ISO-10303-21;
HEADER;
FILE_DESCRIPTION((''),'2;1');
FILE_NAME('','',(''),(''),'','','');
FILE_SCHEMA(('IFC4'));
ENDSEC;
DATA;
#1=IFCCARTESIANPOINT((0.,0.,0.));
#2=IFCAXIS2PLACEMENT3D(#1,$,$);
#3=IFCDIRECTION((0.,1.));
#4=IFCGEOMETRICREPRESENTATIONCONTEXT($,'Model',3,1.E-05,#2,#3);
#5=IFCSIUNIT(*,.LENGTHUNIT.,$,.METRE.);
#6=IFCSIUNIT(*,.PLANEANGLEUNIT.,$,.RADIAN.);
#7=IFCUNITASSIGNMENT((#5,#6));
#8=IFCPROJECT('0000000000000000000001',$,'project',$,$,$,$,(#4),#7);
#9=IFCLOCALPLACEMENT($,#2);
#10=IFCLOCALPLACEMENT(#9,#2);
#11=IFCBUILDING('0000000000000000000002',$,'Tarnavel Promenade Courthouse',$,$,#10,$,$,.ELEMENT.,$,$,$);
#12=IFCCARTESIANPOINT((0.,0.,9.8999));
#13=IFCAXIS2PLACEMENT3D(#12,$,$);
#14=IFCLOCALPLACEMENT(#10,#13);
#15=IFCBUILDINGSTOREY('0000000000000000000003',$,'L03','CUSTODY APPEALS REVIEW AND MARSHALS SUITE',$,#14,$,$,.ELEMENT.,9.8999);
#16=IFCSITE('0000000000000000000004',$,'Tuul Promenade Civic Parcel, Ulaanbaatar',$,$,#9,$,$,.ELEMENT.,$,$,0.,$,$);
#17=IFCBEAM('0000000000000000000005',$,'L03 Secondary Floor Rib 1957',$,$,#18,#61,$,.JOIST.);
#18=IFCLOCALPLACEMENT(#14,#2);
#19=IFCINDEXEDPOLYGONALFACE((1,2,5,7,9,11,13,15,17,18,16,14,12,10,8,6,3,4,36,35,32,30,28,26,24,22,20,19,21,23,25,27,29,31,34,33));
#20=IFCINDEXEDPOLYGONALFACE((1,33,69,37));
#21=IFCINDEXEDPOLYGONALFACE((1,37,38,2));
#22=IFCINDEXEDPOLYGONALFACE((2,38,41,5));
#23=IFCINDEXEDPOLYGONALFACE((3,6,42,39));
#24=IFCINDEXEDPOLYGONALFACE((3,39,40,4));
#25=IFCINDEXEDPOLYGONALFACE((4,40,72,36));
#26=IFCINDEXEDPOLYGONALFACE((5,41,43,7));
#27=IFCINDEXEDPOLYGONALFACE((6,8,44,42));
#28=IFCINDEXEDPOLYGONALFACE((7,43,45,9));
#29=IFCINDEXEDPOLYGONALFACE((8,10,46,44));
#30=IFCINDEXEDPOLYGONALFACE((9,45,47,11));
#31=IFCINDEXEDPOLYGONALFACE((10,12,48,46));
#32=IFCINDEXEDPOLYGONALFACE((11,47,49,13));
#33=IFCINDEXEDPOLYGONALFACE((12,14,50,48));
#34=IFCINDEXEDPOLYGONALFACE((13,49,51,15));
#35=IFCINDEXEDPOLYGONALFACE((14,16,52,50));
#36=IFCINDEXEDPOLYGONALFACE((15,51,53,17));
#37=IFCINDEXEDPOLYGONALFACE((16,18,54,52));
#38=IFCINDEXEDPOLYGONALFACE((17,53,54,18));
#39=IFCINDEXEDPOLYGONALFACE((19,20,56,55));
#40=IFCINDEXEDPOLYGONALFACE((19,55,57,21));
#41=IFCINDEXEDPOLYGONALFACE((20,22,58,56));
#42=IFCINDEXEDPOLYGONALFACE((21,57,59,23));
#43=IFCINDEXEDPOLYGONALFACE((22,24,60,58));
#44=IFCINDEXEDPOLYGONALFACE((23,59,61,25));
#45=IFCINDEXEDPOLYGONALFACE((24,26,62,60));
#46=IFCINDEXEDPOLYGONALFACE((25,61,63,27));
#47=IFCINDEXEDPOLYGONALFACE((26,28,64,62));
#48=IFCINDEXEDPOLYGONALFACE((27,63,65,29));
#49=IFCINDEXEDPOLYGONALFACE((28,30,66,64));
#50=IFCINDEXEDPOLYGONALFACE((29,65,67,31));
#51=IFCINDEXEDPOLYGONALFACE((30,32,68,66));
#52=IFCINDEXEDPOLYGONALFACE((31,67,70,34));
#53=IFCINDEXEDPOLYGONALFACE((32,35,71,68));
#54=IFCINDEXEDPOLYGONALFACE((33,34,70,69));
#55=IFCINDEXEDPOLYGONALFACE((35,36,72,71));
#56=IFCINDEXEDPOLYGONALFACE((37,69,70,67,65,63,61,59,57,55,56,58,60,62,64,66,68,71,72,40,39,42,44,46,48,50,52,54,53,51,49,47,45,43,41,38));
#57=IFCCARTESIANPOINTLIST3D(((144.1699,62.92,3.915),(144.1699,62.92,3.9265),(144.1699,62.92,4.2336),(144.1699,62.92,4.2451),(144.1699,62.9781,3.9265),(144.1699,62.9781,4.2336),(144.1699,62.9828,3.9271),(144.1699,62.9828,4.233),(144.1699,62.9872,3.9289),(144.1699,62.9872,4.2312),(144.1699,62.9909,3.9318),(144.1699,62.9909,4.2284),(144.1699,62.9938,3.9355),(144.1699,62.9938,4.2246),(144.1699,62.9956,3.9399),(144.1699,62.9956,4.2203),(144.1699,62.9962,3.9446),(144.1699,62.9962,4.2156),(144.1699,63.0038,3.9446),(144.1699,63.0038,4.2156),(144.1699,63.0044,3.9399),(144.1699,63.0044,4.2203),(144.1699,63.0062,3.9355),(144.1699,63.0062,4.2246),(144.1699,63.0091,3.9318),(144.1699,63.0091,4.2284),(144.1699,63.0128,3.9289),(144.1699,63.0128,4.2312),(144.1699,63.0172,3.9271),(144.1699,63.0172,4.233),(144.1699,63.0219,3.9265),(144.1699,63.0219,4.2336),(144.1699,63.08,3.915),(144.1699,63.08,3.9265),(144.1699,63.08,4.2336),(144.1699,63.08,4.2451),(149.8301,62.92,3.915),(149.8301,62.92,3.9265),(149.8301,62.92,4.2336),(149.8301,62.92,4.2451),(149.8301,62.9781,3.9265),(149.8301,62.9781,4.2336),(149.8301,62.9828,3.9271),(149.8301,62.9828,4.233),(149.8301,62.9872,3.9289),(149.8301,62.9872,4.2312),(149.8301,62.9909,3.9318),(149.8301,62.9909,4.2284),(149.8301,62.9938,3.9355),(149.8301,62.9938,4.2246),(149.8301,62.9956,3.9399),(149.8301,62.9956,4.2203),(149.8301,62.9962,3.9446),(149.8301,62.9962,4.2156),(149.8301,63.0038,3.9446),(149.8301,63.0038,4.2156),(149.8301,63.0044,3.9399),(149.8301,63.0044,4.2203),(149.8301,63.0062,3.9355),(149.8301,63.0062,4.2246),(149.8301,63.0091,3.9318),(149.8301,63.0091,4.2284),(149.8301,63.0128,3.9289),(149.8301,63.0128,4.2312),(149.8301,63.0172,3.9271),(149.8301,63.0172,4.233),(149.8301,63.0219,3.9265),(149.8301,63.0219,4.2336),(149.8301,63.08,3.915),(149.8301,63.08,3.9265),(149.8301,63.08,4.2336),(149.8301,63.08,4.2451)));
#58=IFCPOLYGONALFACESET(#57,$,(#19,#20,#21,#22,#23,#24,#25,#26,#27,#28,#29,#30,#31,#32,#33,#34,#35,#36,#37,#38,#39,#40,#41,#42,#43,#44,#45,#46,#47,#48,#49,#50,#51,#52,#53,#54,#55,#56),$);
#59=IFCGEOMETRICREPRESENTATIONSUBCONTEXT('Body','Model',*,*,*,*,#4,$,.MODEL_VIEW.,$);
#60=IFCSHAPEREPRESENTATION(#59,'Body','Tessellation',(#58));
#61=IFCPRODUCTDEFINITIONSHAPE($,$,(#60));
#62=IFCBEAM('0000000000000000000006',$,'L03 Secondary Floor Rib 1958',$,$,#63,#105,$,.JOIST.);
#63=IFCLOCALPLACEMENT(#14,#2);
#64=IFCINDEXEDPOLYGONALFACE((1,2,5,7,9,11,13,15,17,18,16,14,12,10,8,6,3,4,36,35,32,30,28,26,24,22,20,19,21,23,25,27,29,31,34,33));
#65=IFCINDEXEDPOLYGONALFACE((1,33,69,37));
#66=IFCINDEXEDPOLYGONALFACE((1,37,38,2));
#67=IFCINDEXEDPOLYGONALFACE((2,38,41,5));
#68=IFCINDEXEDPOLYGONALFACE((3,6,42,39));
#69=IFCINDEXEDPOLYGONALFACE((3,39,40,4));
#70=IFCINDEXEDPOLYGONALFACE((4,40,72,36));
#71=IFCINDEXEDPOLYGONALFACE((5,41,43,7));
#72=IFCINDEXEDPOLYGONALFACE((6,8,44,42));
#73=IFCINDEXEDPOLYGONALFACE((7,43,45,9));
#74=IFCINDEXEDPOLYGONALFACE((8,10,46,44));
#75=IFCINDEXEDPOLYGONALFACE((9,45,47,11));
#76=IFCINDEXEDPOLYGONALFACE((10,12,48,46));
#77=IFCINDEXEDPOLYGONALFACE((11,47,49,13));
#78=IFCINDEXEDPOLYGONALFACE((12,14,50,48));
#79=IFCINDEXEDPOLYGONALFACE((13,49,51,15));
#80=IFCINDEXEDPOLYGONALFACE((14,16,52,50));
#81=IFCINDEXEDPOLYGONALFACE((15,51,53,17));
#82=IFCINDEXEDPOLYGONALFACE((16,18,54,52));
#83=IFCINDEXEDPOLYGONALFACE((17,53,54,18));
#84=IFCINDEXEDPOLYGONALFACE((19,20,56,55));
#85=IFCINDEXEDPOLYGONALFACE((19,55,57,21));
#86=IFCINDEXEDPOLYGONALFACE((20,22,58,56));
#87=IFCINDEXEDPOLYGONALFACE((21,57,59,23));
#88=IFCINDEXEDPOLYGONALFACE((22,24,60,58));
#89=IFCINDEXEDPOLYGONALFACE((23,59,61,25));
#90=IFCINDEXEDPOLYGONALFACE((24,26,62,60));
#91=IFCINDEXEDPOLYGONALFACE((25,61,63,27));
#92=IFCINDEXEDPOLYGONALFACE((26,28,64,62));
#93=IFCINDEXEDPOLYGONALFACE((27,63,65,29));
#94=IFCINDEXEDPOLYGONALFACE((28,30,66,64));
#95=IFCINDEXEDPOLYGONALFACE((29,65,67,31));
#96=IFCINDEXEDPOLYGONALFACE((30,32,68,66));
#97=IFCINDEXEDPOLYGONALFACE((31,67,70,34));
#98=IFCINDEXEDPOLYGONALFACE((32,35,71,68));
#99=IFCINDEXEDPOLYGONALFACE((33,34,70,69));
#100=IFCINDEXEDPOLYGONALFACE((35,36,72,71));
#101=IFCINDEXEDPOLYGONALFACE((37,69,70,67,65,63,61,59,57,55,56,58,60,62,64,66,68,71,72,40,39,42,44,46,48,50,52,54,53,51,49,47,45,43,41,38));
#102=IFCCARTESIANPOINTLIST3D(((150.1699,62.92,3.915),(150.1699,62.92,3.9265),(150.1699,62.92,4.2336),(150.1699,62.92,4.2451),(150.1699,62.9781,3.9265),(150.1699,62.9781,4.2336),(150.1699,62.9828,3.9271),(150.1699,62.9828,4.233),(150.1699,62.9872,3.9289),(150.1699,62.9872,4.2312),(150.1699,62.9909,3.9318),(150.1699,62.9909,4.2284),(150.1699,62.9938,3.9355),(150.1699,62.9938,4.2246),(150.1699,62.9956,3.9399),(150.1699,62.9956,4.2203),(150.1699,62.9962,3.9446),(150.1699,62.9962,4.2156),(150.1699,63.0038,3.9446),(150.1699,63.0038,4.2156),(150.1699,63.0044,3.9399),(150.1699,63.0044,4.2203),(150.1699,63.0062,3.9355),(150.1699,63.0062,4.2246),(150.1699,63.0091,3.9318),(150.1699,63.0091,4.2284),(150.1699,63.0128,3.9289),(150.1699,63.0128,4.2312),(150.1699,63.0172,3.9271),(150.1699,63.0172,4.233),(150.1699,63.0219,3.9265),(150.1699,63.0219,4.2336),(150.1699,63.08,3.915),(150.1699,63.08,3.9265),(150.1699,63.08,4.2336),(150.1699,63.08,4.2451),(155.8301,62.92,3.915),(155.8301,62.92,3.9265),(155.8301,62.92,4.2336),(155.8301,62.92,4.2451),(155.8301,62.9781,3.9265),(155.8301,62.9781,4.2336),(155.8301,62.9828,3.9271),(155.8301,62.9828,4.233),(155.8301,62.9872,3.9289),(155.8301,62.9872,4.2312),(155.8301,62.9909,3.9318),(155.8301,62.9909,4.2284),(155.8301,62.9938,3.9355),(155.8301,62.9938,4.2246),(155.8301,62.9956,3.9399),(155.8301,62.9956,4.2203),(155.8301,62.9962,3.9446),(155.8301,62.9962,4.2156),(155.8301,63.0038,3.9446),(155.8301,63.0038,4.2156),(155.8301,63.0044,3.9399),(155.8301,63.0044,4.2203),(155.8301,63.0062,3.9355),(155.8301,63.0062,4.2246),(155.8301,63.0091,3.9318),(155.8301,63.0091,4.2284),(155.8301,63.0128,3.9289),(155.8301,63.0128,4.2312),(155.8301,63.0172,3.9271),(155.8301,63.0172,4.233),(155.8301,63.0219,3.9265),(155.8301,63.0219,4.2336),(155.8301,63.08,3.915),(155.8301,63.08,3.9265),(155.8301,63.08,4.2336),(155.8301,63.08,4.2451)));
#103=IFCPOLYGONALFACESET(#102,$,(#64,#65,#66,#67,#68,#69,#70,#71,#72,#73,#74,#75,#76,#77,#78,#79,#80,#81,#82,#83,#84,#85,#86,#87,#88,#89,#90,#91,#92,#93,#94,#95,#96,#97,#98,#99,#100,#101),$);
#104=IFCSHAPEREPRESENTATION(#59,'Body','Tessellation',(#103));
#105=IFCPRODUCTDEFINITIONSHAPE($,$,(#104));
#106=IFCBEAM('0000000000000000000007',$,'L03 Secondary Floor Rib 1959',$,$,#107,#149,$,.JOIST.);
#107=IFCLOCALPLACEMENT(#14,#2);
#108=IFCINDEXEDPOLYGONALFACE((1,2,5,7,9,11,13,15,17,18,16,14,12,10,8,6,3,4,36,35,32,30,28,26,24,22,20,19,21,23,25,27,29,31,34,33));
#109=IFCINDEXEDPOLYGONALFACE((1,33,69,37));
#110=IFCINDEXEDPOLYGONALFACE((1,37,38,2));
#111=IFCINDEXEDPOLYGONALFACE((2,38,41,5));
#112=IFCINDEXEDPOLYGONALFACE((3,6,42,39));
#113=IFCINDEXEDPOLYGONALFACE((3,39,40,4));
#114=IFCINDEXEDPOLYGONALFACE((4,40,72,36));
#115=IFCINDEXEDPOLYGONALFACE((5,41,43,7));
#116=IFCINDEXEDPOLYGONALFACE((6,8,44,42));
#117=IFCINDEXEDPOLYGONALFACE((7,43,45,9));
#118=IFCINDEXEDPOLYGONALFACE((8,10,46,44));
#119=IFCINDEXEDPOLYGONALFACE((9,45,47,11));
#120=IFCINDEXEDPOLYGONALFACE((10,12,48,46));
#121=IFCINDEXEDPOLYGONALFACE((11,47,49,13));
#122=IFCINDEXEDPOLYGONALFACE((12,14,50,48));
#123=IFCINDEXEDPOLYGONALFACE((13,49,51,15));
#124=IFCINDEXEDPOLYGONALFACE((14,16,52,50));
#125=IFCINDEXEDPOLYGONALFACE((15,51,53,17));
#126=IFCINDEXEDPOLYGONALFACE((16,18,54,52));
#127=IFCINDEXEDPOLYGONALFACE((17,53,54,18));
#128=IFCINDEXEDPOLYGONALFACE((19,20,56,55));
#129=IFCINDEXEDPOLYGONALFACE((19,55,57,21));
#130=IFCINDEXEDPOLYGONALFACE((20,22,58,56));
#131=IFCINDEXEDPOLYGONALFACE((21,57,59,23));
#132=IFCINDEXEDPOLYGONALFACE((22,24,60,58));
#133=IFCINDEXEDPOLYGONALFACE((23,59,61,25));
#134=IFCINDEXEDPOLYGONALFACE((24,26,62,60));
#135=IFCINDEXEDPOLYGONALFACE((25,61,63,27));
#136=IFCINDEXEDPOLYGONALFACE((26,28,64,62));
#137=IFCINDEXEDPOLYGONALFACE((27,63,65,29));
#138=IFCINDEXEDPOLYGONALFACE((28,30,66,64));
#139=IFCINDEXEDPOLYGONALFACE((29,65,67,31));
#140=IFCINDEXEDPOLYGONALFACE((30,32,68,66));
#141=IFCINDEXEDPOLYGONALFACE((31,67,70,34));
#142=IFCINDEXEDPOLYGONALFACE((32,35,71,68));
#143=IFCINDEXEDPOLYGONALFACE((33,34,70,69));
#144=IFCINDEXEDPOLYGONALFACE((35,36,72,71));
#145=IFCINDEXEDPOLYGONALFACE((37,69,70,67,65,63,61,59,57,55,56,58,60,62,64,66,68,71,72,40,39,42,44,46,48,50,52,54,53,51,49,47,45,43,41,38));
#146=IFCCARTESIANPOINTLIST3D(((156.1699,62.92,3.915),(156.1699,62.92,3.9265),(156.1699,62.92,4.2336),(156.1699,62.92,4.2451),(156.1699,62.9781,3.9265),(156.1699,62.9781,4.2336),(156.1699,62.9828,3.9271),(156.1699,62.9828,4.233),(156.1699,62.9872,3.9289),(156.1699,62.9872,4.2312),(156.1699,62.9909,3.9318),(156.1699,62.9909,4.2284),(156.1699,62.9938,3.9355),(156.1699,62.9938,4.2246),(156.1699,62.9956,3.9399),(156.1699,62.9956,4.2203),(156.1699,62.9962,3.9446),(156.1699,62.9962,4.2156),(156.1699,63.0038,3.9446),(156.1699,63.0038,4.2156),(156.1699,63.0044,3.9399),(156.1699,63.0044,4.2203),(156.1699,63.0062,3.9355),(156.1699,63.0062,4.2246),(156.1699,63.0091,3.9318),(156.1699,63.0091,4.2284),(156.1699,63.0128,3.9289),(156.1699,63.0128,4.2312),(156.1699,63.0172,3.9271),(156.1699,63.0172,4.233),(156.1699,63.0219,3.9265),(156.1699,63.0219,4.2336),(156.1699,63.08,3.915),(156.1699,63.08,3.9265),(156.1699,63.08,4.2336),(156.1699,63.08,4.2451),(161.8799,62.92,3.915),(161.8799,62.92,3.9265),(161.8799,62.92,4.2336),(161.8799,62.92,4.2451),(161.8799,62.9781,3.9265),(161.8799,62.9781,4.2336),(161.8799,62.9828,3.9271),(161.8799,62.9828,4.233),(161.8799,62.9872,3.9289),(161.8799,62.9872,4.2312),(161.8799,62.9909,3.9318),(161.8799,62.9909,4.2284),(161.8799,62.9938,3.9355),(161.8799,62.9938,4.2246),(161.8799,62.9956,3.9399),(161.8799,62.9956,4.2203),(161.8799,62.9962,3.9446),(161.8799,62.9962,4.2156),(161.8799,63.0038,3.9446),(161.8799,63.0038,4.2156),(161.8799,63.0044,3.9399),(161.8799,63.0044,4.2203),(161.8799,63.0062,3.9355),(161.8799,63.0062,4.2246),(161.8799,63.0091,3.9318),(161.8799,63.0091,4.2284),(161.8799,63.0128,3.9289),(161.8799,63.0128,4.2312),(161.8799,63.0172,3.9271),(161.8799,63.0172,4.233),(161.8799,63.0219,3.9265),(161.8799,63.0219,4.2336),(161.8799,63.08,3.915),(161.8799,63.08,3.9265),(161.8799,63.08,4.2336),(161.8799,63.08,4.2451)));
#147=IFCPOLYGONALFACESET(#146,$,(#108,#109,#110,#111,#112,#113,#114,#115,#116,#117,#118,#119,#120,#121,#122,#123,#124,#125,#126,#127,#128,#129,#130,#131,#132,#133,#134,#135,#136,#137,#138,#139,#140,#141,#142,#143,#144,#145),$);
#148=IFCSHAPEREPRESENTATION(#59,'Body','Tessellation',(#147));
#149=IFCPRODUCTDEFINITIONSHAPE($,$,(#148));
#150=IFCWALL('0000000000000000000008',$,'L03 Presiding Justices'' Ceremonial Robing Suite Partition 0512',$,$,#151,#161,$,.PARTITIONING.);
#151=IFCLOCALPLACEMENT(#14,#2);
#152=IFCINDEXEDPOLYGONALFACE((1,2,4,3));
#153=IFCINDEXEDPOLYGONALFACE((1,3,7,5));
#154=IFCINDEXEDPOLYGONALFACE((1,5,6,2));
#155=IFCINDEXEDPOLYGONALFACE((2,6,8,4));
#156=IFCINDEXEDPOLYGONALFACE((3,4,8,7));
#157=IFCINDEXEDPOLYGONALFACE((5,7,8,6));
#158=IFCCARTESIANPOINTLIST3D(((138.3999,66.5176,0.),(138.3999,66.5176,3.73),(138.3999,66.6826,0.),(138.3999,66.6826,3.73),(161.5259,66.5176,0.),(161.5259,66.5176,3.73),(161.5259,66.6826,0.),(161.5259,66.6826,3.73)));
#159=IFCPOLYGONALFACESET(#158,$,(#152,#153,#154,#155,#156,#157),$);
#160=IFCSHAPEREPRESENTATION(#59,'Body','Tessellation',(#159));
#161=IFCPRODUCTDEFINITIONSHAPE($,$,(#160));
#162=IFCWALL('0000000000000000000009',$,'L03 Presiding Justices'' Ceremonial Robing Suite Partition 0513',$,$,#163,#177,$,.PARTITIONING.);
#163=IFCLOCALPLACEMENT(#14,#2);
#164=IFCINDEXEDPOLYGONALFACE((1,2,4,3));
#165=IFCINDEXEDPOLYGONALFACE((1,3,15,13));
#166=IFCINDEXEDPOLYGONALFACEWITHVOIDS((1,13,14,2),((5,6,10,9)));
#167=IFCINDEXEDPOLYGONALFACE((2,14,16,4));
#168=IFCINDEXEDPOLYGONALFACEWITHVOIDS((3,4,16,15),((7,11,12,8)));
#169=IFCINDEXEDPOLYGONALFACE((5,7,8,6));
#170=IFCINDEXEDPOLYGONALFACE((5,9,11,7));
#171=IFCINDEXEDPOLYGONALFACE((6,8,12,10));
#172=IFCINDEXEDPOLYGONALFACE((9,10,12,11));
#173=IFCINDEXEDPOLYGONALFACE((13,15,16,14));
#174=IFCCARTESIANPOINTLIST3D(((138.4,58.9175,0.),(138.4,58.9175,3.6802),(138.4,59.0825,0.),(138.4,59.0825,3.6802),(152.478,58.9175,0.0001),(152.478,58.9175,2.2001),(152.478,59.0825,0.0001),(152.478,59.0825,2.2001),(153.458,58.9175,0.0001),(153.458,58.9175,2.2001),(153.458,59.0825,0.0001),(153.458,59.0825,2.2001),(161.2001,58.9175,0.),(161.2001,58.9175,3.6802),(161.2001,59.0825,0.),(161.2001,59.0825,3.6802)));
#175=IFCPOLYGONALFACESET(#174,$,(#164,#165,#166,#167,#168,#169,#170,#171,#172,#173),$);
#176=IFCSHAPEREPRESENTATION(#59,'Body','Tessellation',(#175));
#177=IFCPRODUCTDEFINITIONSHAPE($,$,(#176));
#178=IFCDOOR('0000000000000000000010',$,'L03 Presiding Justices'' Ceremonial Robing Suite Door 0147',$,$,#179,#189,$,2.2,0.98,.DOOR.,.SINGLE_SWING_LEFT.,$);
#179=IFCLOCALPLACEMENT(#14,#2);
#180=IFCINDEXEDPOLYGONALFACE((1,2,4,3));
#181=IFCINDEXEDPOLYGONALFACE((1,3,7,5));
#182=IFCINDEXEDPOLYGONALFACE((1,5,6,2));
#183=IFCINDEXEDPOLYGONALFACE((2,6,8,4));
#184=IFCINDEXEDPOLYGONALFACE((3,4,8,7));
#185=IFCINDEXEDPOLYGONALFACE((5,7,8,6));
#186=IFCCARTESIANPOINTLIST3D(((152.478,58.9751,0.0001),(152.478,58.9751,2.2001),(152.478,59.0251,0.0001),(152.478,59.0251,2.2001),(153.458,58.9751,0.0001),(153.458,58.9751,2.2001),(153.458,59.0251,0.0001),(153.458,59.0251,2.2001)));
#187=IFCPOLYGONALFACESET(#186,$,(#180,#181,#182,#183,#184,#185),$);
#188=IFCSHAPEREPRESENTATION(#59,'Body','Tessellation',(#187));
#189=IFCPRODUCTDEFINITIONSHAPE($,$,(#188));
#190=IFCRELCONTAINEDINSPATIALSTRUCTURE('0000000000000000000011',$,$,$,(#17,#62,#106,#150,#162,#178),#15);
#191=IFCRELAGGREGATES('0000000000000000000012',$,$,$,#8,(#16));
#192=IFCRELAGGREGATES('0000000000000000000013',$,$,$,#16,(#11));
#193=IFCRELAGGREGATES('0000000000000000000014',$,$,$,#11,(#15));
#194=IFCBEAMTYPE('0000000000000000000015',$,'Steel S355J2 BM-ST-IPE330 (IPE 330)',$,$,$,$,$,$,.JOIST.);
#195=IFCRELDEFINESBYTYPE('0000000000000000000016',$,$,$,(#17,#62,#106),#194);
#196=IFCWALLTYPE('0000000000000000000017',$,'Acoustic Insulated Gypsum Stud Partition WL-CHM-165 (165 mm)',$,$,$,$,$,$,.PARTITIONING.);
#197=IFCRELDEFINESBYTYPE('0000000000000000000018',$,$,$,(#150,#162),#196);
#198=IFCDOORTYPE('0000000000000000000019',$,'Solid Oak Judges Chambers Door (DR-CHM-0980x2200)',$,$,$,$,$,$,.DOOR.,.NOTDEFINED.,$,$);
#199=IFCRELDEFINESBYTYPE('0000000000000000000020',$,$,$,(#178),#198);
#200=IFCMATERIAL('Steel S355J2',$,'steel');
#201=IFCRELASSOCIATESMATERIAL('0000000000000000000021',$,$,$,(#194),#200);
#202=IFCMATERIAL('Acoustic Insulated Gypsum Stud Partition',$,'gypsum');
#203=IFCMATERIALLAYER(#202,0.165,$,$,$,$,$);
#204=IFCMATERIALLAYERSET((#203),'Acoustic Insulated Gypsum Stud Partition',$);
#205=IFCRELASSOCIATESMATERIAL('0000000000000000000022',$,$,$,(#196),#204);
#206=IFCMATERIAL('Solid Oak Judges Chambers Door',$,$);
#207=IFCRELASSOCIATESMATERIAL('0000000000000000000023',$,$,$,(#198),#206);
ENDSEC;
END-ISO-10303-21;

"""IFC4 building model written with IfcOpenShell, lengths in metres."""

from ifc_helpers import new_model, si_unit, direction, frame, frame_2d, origin, origin_2d, place, context, subcontext, project, spatial, rectangle, i_section, extrude, material, layer, layer_set, material_profile, profile_set, type_object, element, fill, save


model = new_model("IFC4")

# Units and contexts
model_context = context("Model", 3, precision=1e-05, world=origin(), true_north=direction((0.0, 1.0)))
body_context = subcontext(model_context, "Body", "Model", "MODEL_VIEW")
ifc_project = project(units=[si_unit("LENGTHUNIT", "METRE"), si_unit("PLANEANGLEUNIT", "RADIAN")], contexts=[model_context])

# Site, building, storey
site_placement = place(None, origin())
site = spatial("IfcSite", under=ifc_project, at=site_placement, Name="Tuul Promenade Civic Parcel, Ulaanbaatar", CompositionType="ELEMENT", RefElevation=0.0)
building_placement = place(site_placement, origin())
building = spatial("IfcBuilding", under=site, at=building_placement, Name="Tarnavel Promenade Courthouse", CompositionType="ELEMENT")
storey_placement = place(building_placement, frame((0.0, 0.0, 9.8999)))
storey = spatial("IfcBuildingStorey", under=building, at=storey_placement, Name="L03", Description="CUSTODY APPEALS REVIEW AND MARSHALS SUITE", CompositionType="ELEMENT", Elevation=9.8999)

# Beams
ifc_material_1 = material(Name="Steel S355J2", Category="steel")
ifc_material_profile_1 = material_profile(ifc_material_1, i_section(OverallWidth=0.1599, OverallDepth=0.3301, WebThickness=0.0076, FlangeThickness=0.0115, FilletRadius=0.0181, at=origin_2d()), Name="IPE 330")
ifc_profile_set_1 = profile_set([ifc_material_profile_1], Name="Steel S355J2")
beam_type_1 = type_object("IfcBeamType", Name="Steel S355J2 BM-ST-IPE330 (IPE 330)", PredefinedType="JOIST", material=ifc_profile_set_1)
for number, where, z_axis, x_axis, name in (
    (1, (144.1699, 63.0, 4.0801), (1.0, 0.0, 0.0), (0.0, 1.0, 0.0), "L03 Secondary Floor Rib 1957"),
    (2, (150.1699, 63.0, 4.0801), (1.0, 0.0, 0.0), (0.0, 1.0, 0.0), "L03 Secondary Floor Rib 1958"),
):
    element("IfcBeam", number, at=place(storey_placement, frame(where, z_axis=z_axis, x_axis=x_axis)), inside=storey, type_object=beam_type_1, Name=name, PredefinedType="JOIST", context=body_context, shape_type="SweptSolid", body=[
        extrude(i_section(OverallWidth=0.1599, OverallDepth=0.3301, WebThickness=0.0076, FlangeThickness=0.0115, FilletRadius=0.0181, at=origin_2d()), origin(), (0.0, 0.0, 1.0), 5.6602),
    ])
beam_1_placement = place(storey_placement, frame((156.1699, 63.0, 4.0801), z_axis=(1.0, 0.0, 0.0), x_axis=(0.0, 1.0, 0.0)))
element("IfcBeam", 3, at=beam_1_placement, inside=storey, type_object=beam_type_1, Name="L03 Secondary Floor Rib 1959", PredefinedType="JOIST", context=body_context, shape_type="SweptSolid", body=[
    extrude(i_section(OverallWidth=0.1599, OverallDepth=0.3301, WebThickness=0.0076, FlangeThickness=0.0115, FilletRadius=0.0181, at=origin_2d()), origin(), (0.0, 0.0, 1.0), 5.71),
])

# Wall
ifc_material_2 = material(Name="Acoustic Insulated Gypsum Stud Partition", Category="gypsum")
ifc_layer_1 = layer(ifc_material_2, 0.165)
ifc_layer_set_1 = layer_set([ifc_layer_1], Name="Acoustic Insulated Gypsum Stud Partition")
wall_type_1 = type_object("IfcWallType", Name="Acoustic Insulated Gypsum Stud Partition WL-CHM-165 (165 mm)", PredefinedType="PARTITIONING", material=ifc_layer_set_1)
wall_1_placement = place(storey_placement, frame((138.3999, 66.6001, 0.0), z_axis=(0.0, 0.0, 1.0), x_axis=(1.0, 0.0, 0.0)))
element("IfcWall", 4, at=wall_1_placement, inside=storey, type_object=wall_type_1, Name="L03 Presiding Justices' Ceremonial Robing Suite Partition 0512", PredefinedType="PARTITIONING", context=body_context, shape_type="SweptSolid", body=[
    extrude(rectangle(XDim=23.126, YDim=0.165, at=frame_2d((11.563, 0.0))), origin(), (0.0, 0.0, 1.0), 3.73),
])

# Wall, opening, door
wall_2_placement = place(storey_placement, frame((161.2, 59.0, 0.0), z_axis=(0.0, 0.0, 1.0), x_axis=(-1.0, 0.0, 0.0)))
wall_2 = element("IfcWall", 5, at=wall_2_placement, inside=storey, type_object=wall_type_1, Name="L03 Presiding Justices' Ceremonial Robing Suite Partition 0513", PredefinedType="PARTITIONING", context=body_context, shape_type="SweptSolid", body=[
    extrude(rectangle(XDim=22.8, YDim=0.165, at=frame_2d((11.3999, 0.0))), origin(), (0.0, 0.0, 1.0), 3.6802),
])
opening_1_placement = place(wall_2_placement, frame((7.7419, 0.0, 0.0)))
opening_1 = element("IfcOpeningElement", 6, at=opening_1_placement, cuts=wall_2, PredefinedType="OPENING", context=body_context, shape_type="SweptSolid", body=[
    extrude(rectangle(XDim=0.98, YDim=2.2, at=frame_2d((0.49, 1.1001))), frame((0.0, 0.0925, 0.0), z_axis=(0.0, -1.0, 0.0), x_axis=(1.0, 0.0, 0.0)), (0.0, 0.0, 1.0), 0.1851),
])
ifc_material_3 = material(Name="Solid Oak Judges Chambers Door")
door_type = type_object("IfcDoorType", Name="Solid Oak Judges Chambers Door (DR-CHM-0980x2200)", OperationType="NOTDEFINED", PredefinedType="DOOR", material=ifc_material_3)
door_placement = place(opening_1_placement, origin())
door = element("IfcDoor", 7, at=door_placement, inside=storey, type_object=door_type, Name="L03 Presiding Justices' Ceremonial Robing Suite Door 0147", OperationType="SINGLE_SWING_LEFT", OverallHeight=2.2, OverallWidth=0.98, PredefinedType="DOOR", context=body_context, shape_type="SweptSolid", body=[
    extrude(rectangle(XDim=0.98, YDim=2.2, at=frame_2d((0.49, 1.1001))), frame((0.0, 0.0249, 0.0), z_axis=(0.0, -1.0, 0.0), x_axis=(1.0, 0.0, 0.0)), (0.0, 0.0, 1.0), 0.05),
])
fill(opening_1, door)

save(model, "model.ifc")
